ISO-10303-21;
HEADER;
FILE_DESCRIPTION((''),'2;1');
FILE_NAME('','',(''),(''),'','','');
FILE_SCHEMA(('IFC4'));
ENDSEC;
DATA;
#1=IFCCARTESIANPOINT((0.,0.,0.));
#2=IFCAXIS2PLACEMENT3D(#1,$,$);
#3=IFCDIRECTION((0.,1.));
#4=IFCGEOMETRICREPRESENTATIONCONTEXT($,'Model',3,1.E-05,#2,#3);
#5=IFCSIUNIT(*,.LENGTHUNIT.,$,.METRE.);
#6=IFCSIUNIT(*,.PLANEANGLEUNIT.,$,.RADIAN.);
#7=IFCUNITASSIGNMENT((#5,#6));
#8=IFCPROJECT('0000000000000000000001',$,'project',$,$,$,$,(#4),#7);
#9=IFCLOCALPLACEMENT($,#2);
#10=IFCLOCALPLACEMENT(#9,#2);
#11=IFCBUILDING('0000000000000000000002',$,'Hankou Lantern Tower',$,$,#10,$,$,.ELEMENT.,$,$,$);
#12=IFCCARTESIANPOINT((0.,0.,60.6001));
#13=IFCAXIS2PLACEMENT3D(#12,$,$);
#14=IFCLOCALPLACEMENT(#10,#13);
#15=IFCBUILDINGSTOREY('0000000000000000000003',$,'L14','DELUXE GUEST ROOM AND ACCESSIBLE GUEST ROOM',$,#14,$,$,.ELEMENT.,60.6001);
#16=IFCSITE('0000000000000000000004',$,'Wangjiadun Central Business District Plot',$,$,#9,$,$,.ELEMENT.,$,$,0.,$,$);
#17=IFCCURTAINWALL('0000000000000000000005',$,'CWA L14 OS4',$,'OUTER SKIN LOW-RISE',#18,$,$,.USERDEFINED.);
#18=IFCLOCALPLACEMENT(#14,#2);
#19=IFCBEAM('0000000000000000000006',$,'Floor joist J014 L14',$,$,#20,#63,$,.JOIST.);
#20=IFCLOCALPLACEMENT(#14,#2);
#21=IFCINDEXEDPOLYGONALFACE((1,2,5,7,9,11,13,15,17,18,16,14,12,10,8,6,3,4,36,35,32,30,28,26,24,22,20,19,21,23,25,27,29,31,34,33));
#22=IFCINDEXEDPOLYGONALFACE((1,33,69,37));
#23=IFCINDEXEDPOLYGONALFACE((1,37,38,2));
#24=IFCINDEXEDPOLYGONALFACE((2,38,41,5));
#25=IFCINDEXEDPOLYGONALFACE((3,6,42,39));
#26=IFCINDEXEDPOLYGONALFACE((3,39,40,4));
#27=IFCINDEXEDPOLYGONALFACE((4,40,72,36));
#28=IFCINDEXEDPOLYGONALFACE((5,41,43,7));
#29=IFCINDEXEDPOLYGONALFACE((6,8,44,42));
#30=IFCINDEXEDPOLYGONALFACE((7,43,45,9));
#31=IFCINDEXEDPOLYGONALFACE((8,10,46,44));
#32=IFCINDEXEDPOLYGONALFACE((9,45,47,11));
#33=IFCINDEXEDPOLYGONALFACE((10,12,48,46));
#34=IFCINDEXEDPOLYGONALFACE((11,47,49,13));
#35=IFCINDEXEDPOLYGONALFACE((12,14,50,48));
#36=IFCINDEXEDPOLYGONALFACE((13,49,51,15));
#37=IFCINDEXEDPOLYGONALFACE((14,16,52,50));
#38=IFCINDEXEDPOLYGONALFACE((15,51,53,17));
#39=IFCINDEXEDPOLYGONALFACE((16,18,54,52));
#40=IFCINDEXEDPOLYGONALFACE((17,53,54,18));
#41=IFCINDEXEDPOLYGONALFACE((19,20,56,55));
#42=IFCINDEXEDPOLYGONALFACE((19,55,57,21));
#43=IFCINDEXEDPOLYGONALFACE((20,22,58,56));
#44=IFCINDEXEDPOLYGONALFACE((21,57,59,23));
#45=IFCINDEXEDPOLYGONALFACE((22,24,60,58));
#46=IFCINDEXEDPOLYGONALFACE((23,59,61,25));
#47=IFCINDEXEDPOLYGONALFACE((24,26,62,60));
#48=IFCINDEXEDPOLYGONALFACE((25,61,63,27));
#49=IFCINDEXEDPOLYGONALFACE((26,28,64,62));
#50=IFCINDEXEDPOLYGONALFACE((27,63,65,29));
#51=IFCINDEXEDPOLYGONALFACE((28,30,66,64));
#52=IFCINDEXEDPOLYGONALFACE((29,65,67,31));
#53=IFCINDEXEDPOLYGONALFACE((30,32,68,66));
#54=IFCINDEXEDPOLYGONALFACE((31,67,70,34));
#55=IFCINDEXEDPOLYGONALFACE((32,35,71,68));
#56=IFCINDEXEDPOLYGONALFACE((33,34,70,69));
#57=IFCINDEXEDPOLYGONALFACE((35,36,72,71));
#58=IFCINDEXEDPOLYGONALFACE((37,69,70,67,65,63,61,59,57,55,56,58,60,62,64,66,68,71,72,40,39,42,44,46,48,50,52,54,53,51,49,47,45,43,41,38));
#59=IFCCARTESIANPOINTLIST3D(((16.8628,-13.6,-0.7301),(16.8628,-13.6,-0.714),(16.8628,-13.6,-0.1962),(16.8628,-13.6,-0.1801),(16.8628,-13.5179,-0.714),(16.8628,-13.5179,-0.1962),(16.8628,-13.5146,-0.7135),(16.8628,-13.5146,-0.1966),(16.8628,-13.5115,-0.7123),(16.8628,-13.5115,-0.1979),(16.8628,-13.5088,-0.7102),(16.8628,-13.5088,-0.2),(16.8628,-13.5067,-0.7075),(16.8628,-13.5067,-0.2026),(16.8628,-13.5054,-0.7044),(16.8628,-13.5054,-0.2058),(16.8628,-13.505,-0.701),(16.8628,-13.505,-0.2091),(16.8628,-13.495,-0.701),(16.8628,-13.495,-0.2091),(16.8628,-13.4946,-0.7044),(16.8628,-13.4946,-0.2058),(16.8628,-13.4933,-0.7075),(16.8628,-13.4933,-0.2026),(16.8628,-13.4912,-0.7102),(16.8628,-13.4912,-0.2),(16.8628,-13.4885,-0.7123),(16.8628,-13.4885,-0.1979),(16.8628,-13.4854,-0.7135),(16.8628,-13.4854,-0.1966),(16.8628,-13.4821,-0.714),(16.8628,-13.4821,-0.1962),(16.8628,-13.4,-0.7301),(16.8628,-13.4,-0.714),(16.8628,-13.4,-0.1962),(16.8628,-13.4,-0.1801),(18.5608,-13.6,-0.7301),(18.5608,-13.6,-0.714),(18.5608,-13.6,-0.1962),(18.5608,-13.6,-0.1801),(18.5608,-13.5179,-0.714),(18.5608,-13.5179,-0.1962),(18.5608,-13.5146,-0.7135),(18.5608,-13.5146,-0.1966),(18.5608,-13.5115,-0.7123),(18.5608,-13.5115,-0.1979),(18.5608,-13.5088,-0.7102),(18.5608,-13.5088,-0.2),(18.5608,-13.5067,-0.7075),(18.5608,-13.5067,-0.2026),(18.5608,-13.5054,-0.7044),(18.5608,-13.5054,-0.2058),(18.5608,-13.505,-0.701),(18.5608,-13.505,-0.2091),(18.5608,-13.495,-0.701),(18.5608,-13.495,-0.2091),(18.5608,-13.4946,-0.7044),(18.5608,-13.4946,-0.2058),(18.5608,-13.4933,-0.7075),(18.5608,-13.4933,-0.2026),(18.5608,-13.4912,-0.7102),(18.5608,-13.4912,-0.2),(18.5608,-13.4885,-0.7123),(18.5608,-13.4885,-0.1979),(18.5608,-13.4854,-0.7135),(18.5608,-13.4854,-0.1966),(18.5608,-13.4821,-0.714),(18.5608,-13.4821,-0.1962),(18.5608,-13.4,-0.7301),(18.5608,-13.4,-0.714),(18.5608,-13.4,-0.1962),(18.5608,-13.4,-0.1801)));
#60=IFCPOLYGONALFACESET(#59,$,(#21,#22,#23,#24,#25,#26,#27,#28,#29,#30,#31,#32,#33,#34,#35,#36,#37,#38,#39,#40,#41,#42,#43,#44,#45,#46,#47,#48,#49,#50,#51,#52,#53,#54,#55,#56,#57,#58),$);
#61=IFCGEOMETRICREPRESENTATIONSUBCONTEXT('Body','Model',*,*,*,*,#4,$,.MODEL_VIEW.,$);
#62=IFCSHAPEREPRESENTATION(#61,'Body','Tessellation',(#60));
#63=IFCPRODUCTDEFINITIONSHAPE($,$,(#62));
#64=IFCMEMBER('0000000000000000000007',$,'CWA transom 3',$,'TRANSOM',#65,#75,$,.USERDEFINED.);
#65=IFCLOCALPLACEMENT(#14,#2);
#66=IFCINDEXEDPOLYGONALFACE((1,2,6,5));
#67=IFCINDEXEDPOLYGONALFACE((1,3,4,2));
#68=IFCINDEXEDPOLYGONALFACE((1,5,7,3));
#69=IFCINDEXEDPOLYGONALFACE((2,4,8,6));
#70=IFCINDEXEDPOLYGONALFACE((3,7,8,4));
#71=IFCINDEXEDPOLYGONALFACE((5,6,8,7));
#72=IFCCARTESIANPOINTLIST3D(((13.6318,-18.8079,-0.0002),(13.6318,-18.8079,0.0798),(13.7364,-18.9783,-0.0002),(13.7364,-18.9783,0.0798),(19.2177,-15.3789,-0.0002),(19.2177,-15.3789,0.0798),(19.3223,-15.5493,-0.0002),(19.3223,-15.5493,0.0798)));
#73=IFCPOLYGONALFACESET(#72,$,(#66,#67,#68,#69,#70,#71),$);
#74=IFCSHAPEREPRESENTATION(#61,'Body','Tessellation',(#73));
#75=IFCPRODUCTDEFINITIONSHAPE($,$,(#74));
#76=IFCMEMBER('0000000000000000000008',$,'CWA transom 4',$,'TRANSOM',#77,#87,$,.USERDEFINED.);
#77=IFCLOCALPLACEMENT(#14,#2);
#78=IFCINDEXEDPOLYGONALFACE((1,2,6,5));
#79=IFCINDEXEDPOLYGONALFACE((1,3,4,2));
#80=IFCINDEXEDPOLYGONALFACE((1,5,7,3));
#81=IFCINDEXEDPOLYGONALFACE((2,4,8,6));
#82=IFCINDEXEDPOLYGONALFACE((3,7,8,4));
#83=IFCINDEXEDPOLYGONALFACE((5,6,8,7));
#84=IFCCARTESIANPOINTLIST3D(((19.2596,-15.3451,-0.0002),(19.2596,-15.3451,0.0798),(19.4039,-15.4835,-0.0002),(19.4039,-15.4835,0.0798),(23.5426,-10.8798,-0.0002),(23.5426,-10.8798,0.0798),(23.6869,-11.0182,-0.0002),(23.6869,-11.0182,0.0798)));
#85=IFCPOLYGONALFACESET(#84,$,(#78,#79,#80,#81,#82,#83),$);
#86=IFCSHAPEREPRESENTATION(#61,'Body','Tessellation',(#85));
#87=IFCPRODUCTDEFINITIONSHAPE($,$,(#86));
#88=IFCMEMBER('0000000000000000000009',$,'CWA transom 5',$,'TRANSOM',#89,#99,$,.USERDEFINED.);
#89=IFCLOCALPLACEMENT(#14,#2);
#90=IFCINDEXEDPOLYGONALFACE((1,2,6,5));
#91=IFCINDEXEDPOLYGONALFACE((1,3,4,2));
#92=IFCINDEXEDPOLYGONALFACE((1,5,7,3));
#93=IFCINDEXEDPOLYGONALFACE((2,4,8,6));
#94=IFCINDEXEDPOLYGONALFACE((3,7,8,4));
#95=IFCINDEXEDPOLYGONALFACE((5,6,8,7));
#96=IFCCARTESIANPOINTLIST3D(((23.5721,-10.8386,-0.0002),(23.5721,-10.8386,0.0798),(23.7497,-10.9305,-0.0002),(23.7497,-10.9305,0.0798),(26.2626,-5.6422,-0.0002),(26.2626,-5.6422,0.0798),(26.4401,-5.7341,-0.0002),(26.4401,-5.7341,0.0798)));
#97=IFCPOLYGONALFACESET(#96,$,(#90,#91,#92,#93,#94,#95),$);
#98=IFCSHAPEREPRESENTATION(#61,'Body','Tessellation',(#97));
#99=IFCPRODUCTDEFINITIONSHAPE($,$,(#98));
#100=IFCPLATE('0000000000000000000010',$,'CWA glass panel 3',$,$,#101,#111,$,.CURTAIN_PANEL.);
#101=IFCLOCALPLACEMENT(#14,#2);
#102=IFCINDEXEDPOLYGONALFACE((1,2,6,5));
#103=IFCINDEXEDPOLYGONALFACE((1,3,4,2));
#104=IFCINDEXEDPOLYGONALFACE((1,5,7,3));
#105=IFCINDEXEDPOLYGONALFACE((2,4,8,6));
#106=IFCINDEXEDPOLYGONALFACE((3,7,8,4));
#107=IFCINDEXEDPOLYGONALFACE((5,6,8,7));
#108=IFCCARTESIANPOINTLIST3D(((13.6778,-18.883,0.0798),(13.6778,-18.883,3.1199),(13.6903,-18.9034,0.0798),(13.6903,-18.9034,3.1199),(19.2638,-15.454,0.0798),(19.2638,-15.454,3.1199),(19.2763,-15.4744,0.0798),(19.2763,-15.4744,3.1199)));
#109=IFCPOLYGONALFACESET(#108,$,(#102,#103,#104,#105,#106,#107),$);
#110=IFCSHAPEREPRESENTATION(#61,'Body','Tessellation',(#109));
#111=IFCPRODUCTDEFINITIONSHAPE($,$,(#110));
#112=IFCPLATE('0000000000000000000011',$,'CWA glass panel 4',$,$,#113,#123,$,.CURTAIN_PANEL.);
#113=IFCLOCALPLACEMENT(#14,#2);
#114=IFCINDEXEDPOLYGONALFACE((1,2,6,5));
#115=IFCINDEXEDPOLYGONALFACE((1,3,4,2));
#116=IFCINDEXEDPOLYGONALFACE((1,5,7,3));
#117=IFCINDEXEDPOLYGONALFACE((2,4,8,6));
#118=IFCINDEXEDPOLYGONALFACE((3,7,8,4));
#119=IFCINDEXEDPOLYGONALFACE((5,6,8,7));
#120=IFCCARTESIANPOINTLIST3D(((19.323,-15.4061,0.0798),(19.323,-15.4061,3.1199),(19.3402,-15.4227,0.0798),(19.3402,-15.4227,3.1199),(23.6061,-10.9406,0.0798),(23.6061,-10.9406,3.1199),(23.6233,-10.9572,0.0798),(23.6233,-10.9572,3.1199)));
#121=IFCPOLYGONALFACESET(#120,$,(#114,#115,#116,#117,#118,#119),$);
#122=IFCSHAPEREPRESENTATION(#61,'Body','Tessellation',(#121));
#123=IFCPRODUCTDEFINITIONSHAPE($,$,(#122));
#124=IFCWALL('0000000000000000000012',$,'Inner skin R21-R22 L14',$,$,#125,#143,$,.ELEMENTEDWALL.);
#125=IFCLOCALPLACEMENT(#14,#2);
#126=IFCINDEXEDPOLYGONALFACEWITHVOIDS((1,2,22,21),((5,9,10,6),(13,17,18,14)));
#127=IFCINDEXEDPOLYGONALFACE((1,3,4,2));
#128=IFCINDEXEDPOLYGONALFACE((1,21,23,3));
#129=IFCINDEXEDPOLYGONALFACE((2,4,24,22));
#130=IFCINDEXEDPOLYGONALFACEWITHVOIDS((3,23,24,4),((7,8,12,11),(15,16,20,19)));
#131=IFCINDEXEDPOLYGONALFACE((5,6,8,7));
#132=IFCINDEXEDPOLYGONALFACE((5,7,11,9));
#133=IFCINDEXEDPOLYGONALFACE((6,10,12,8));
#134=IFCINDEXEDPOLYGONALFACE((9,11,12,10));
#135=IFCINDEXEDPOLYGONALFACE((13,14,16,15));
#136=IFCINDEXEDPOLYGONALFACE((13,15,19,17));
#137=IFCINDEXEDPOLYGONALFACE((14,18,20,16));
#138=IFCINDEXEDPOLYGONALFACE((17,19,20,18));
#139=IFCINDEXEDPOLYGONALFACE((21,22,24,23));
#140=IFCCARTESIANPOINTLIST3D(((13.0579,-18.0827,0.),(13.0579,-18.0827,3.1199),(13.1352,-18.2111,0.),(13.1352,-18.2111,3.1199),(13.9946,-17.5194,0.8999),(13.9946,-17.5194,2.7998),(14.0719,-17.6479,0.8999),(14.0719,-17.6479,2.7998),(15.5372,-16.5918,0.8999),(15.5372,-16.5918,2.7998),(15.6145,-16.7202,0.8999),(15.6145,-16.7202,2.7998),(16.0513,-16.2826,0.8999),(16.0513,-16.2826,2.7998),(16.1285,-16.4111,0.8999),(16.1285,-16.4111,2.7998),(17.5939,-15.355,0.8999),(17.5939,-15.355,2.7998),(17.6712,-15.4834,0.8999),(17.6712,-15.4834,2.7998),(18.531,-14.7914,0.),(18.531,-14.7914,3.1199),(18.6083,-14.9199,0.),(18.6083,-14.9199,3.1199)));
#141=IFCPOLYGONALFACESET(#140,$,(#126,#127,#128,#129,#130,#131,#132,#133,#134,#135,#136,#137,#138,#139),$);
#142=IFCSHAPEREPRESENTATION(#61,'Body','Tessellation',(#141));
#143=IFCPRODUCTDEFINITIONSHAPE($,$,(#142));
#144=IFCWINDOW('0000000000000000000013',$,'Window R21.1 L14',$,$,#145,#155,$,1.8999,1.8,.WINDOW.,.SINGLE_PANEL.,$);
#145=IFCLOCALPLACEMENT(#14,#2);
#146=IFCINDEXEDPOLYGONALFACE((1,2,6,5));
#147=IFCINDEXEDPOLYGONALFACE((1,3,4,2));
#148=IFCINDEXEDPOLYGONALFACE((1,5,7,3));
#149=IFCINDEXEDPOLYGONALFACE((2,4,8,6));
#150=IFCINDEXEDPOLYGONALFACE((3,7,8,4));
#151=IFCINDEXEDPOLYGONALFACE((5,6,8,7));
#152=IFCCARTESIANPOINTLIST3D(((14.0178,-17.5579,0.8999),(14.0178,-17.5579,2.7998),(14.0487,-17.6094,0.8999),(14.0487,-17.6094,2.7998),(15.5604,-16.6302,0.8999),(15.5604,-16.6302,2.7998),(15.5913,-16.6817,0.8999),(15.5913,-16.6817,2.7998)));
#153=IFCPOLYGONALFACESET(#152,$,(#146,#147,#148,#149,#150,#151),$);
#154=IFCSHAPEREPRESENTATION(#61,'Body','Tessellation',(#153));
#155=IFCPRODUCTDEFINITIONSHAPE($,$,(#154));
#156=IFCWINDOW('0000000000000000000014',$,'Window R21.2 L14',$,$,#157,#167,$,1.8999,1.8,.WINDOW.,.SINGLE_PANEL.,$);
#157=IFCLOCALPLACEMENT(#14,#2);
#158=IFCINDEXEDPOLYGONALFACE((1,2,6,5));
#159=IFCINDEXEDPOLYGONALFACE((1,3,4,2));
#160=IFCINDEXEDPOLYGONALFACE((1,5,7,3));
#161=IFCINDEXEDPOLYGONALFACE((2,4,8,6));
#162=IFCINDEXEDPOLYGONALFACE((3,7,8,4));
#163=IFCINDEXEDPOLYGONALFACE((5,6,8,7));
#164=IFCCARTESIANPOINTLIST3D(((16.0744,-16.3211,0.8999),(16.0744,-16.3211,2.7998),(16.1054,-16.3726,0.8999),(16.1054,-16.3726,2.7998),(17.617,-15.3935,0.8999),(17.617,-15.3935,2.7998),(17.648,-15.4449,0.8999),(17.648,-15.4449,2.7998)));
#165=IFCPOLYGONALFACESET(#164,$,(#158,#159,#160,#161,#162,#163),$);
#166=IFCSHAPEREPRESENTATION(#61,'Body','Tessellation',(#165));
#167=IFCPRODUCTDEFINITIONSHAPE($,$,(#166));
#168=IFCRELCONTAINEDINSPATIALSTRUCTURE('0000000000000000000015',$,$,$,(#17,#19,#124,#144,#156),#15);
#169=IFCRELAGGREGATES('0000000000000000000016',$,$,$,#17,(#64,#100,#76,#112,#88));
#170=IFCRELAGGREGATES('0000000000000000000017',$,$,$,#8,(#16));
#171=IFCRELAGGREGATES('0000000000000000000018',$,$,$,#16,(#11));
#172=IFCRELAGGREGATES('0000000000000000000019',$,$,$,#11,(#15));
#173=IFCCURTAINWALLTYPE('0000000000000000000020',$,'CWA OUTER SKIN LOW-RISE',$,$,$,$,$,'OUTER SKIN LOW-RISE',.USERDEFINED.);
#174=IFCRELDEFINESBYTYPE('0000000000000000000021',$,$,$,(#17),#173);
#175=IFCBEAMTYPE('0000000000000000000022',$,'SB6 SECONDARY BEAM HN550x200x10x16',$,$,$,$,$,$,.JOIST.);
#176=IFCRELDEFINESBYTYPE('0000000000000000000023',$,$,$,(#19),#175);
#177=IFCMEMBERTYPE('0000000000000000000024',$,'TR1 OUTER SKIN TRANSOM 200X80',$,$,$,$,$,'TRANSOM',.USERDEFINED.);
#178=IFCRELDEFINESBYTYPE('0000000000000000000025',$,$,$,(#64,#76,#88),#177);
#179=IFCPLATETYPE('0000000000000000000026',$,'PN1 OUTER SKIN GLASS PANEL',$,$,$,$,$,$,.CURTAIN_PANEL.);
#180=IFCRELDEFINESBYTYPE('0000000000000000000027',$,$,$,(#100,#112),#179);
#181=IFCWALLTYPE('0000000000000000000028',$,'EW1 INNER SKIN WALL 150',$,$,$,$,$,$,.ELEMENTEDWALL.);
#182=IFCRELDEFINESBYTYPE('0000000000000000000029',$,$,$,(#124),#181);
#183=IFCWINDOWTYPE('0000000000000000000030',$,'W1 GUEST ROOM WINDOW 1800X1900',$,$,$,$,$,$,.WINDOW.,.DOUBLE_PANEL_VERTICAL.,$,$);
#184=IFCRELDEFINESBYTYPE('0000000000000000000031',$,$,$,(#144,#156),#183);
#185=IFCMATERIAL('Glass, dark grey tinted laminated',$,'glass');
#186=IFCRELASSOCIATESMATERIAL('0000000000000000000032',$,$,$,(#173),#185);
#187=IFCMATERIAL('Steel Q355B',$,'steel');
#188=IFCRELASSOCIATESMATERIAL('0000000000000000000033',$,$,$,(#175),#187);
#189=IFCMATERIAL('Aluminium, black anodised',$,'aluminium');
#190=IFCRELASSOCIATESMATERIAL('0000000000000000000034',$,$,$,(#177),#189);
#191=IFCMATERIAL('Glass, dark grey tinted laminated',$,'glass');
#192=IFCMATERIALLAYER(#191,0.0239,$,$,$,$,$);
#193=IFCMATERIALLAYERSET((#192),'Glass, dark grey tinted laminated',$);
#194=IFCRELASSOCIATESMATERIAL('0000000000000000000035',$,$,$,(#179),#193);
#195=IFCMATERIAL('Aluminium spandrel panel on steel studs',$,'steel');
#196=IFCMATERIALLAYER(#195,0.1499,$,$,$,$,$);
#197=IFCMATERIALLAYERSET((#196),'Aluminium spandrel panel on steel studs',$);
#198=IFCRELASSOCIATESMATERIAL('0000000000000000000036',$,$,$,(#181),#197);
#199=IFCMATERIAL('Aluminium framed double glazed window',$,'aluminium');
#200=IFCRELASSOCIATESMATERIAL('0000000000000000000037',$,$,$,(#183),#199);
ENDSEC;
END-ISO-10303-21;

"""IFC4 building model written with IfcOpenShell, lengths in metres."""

from ifc_helpers import new_model, si_unit, direction, frame, frame_2d, origin, origin_2d, place, context, subcontext, project, spatial, rectangle, i_section, extrude, material, layer, layer_set, material_profile, profile_set, type_object, element, fill, aggregate, save


model = new_model("IFC4")

# Units and contexts
model_context = context("Model", 3, precision=1e-05, world=origin(), true_north=direction((0.0, 1.0)))
body_context = subcontext(model_context, "Body", "Model", "MODEL_VIEW")
ifc_project = project(units=[si_unit("LENGTHUNIT", "METRE"), si_unit("PLANEANGLEUNIT", "RADIAN")], contexts=[model_context])

# Site, building, storey
site_placement = place(None, origin())
site = spatial("IfcSite", under=ifc_project, at=site_placement, Name="Wangjiadun Central Business District Plot", CompositionType="ELEMENT", RefElevation=0.0)
building_placement = place(site_placement, origin())
building = spatial("IfcBuilding", under=site, at=building_placement, Name="Hankou Lantern Tower", CompositionType="ELEMENT")
storey_placement = place(building_placement, frame((0.0, 0.0, 60.6001)))
storey = spatial("IfcBuildingStorey", under=building, at=storey_placement, Name="L14", Description="DELUXE GUEST ROOM AND ACCESSIBLE GUEST ROOM", CompositionType="ELEMENT", Elevation=60.6001)

# Curtain wall
ifc_material_1 = material(Name="Glass, dark grey tinted laminated", Category="glass")
curtain_wall_type = type_object("IfcCurtainWallType", Name="CWA OUTER SKIN LOW-RISE", ElementType="OUTER SKIN LOW-RISE", PredefinedType="USERDEFINED", material=ifc_material_1)
curtain_wall_placement = place(storey_placement, origin())
curtain_wall = element("IfcCurtainWall", 1, at=curtain_wall_placement, inside=storey, type_object=curtain_wall_type, Name="CWA L14 OS4", ObjectType="OUTER SKIN LOW-RISE", PredefinedType="USERDEFINED")

# Beam
ifc_material_2 = material(Name="Steel Q355B", Category="steel")
ifc_material_profile_1 = material_profile(ifc_material_2, i_section(OverallWidth=0.2, OverallDepth=0.55, WebThickness=0.01, FlangeThickness=0.0161, FilletRadius=0.0129, at=origin_2d()), Name="HN550x200x10x16")
ifc_profile_set_1 = profile_set([ifc_material_profile_1], Name="Steel Q355B")
beam_type_1 = type_object("IfcBeamType", Name="SB6 SECONDARY BEAM HN550x200x10x16", PredefinedType="JOIST", material=ifc_profile_set_1)
beam_1_placement = place(storey_placement, frame((16.8628, -13.5, -0.4551), z_axis=(1.0, 0.0, 0.0), x_axis=(0.0, 1.0, 0.0)))
element("IfcBeam", 2, at=beam_1_placement, inside=storey, type_object=beam_type_1, Name="Floor joist J014 L14", PredefinedType="JOIST", context=body_context, shape_type="SweptSolid", body=[
    extrude(i_section(OverallWidth=0.2, OverallDepth=0.55, WebThickness=0.01, FlangeThickness=0.0161, FilletRadius=0.0129, at=origin_2d()), origin(), (0.0, 0.0, 1.0), 1.698),
])

# Members
ifc_material_3 = material(Name="Aluminium, black anodised", Category="aluminium")
ifc_material_profile_2 = material_profile(ifc_material_3, rectangle(XDim=0.2, YDim=0.0801, at=origin_2d()), Name="TR1 200X80")
ifc_profile_set_2 = profile_set([ifc_material_profile_2], Name="Aluminium, black anodised")
member_type_1 = type_object("IfcMemberType", Name="TR1 OUTER SKIN TRANSOM 200X80", ElementType="TRANSOM", PredefinedType="USERDEFINED", material=ifc_profile_set_2)
member_1_placement = place(storey_placement, frame((13.6841, -18.8931, 0.0398), z_axis=(0.85224, 0.523152, 0.0), x_axis=(-0.523152, 0.85224, 0.0)))
member_1 = element("IfcMember", 3, at=member_1_placement, type_object=member_type_1, Name="CWA transom 3", ObjectType="TRANSOM", PredefinedType="USERDEFINED", context=body_context, shape_type="SweptSolid", body=[
    extrude(rectangle(XDim=0.2, YDim=0.0801, at=origin_2d()), origin(), (0.0, 0.0, 1.0), 6.5544),
])
member_2_placement = place(storey_placement, frame((19.3318, -15.4143, 0.0398), z_axis=(0.692216, 0.721691, 0.0), x_axis=(-0.721691, 0.692216, 0.0)))
member_2 = element("IfcMember", 4, at=member_2_placement, type_object=member_type_1, Name="CWA transom 4", ObjectType="TRANSOM", PredefinedType="USERDEFINED", context=body_context, shape_type="SweptSolid", body=[
    extrude(rectangle(XDim=0.2, YDim=0.0801, at=origin_2d()), origin(), (0.0, 0.0, 1.0), 6.1873),
])
member_3_placement = place(storey_placement, frame((23.6609, -10.8845, 0.0398), z_axis=(0.459786, 0.88803, 0.0), x_axis=(-0.88803, 0.459786, 0.0)))
member_3 = element("IfcMember", 5, at=member_3_placement, type_object=member_type_1, Name="CWA transom 5", ObjectType="TRANSOM", PredefinedType="USERDEFINED", context=body_context, shape_type="SweptSolid", body=[
    extrude(rectangle(XDim=0.2, YDim=0.0801, at=origin_2d()), origin(), (0.0, 0.0, 1.0), 5.8516),
])

# Plates
ifc_material_4 = material(Name="Glass, dark grey tinted laminated", Category="glass")
ifc_layer_1 = layer(ifc_material_4, 0.0239)
ifc_layer_set_1 = layer_set([ifc_layer_1], Name="Glass, dark grey tinted laminated")
plate_type = type_object("IfcPlateType", Name="PN1 OUTER SKIN GLASS PANEL", PredefinedType="CURTAIN_PANEL", material=ifc_layer_set_1)
plate_1_placement = place(storey_placement, frame((16.4771, -17.1787, 0.0798), z_axis=(0.0, 0.0, 1.0), x_axis=(0.852237, 0.523156, 0.0)))
plate_1 = element("IfcPlate", 6, at=plate_1_placement, type_object=plate_type, Name="CWA glass panel 3", PredefinedType="CURTAIN_PANEL", context=body_context, shape_type="SweptSolid", body=[
    extrude(rectangle(XDim=6.5544, YDim=0.0239, at=origin_2d()), origin(), (0.0, 0.0, 1.0), 3.04),
])
plate_2_placement = place(storey_placement, frame((21.4731, -13.1816, 0.0798), z_axis=(0.0, 0.0, 1.0), x_axis=(0.692216, 0.721691, 0.0)))
plate_2 = element("IfcPlate", 7, at=plate_2_placement, type_object=plate_type, Name="CWA glass panel 4", PredefinedType="CURTAIN_PANEL", context=body_context, shape_type="SweptSolid", body=[
    extrude(rectangle(XDim=6.1875, YDim=0.0239, at=origin_2d()), origin(), (0.0, 0.0, 1.0), 3.04),
])
aggregate(curtain_wall, [member_1, plate_1, member_2, plate_2, member_3])

# Wall, openings, windows
ifc_material_5 = material(Name="Aluminium spandrel panel on steel studs", Category="steel")
ifc_layer_2 = layer(ifc_material_5, 0.1499)
ifc_layer_set_2 = layer_set([ifc_layer_2], Name="Aluminium spandrel panel on steel studs")
wall_type_1 = type_object("IfcWallType", Name="EW1 INNER SKIN WALL 150", PredefinedType="ELEMENTEDWALL", material=ifc_layer_set_2)
wall_1_placement = place(storey_placement, frame((13.0964, -18.147, 0.0), z_axis=(0.0, 0.0, 1.0), x_axis=(0.856983, 0.515344, 0.0)))
wall_1 = element("IfcWall", 8, at=wall_1_placement, inside=storey, type_object=wall_type_1, Name="Inner skin R21-R22 L14", PredefinedType="ELEMENTEDWALL", context=body_context, shape_type="SweptSolid", body=[
    extrude(rectangle(XDim=6.3865, YDim=0.1499, at=frame_2d((3.1934, 0.0))), origin(), (0.0, 0.0, 1.0), 3.1199),
])
opening_1_placement = place(wall_1_placement, frame((1.0933, 0.0, 0.8999)))
opening_1 = element("IfcOpeningElement", 9, at=opening_1_placement, cuts=wall_1, PredefinedType="OPENING", context=body_context, shape_type="SweptSolid", body=[
    extrude(rectangle(XDim=1.8, YDim=1.8999, at=frame_2d((0.8999, 0.95))), frame((0.0, 0.085, 0.0), z_axis=(0.0, -1.0, 0.0), x_axis=(1.0, 0.0, 0.0)), (0.0, 0.0, 1.0), 0.1699),
])
opening_2_placement = place(wall_1_placement, frame((3.4932, 0.0, 0.8999)))
opening_2 = element("IfcOpeningElement", 10, at=opening_2_placement, cuts=wall_1, PredefinedType="OPENING", context=body_context, shape_type="SweptSolid", body=[
    extrude(rectangle(XDim=1.8, YDim=1.8999, at=frame_2d((0.8999, 0.95))), frame((0.0, 0.085, 0.0), z_axis=(0.0, -1.0, 0.0), x_axis=(1.0, 0.0, 0.0)), (0.0, 0.0, 1.0), 0.1699),
])
ifc_material_6 = material(Name="Aluminium framed double glazed window", Category="aluminium")
window_type = type_object("IfcWindowType", Name="W1 GUEST ROOM WINDOW 1800X1900", PartitioningType="DOUBLE_PANEL_VERTICAL", PredefinedType="WINDOW", material=ifc_material_6)
window_1_placement = place(opening_1_placement, origin())
window_1 = element("IfcWindow", 11, at=window_1_placement, inside=storey, type_object=window_type, Name="Window R21.1 L14", OverallHeight=1.8999, OverallWidth=1.8, PartitioningType="SINGLE_PANEL", PredefinedType="WINDOW", context=body_context, shape_type="SweptSolid", body=[
    extrude(rectangle(XDim=1.8, YDim=1.8999, at=frame_2d((0.8999, 0.95))), frame((0.0, 0.03, 0.0), z_axis=(0.0, -1.0, 0.0), x_axis=(1.0, 0.0, 0.0)), (0.0, 0.0, 1.0), 0.0601),
])
fill(opening_1, window_1)
window_2_placement = place(opening_2_placement, origin())
window_2 = element("IfcWindow", 12, at=window_2_placement, inside=storey, type_object=window_type, Name="Window R21.2 L14", OverallHeight=1.8999, OverallWidth=1.8, PartitioningType="SINGLE_PANEL", PredefinedType="WINDOW", context=body_context, shape_type="SweptSolid", body=[
    extrude(rectangle(XDim=1.8, YDim=1.8999, at=frame_2d((0.8999, 0.95))), frame((0.0, 0.03, 0.0), z_axis=(0.0, -1.0, 0.0), x_axis=(1.0, 0.0, 0.0)), (0.0, 0.0, 1.0), 0.0601),
])
fill(opening_2, window_2)

save(model, "model.ifc")
